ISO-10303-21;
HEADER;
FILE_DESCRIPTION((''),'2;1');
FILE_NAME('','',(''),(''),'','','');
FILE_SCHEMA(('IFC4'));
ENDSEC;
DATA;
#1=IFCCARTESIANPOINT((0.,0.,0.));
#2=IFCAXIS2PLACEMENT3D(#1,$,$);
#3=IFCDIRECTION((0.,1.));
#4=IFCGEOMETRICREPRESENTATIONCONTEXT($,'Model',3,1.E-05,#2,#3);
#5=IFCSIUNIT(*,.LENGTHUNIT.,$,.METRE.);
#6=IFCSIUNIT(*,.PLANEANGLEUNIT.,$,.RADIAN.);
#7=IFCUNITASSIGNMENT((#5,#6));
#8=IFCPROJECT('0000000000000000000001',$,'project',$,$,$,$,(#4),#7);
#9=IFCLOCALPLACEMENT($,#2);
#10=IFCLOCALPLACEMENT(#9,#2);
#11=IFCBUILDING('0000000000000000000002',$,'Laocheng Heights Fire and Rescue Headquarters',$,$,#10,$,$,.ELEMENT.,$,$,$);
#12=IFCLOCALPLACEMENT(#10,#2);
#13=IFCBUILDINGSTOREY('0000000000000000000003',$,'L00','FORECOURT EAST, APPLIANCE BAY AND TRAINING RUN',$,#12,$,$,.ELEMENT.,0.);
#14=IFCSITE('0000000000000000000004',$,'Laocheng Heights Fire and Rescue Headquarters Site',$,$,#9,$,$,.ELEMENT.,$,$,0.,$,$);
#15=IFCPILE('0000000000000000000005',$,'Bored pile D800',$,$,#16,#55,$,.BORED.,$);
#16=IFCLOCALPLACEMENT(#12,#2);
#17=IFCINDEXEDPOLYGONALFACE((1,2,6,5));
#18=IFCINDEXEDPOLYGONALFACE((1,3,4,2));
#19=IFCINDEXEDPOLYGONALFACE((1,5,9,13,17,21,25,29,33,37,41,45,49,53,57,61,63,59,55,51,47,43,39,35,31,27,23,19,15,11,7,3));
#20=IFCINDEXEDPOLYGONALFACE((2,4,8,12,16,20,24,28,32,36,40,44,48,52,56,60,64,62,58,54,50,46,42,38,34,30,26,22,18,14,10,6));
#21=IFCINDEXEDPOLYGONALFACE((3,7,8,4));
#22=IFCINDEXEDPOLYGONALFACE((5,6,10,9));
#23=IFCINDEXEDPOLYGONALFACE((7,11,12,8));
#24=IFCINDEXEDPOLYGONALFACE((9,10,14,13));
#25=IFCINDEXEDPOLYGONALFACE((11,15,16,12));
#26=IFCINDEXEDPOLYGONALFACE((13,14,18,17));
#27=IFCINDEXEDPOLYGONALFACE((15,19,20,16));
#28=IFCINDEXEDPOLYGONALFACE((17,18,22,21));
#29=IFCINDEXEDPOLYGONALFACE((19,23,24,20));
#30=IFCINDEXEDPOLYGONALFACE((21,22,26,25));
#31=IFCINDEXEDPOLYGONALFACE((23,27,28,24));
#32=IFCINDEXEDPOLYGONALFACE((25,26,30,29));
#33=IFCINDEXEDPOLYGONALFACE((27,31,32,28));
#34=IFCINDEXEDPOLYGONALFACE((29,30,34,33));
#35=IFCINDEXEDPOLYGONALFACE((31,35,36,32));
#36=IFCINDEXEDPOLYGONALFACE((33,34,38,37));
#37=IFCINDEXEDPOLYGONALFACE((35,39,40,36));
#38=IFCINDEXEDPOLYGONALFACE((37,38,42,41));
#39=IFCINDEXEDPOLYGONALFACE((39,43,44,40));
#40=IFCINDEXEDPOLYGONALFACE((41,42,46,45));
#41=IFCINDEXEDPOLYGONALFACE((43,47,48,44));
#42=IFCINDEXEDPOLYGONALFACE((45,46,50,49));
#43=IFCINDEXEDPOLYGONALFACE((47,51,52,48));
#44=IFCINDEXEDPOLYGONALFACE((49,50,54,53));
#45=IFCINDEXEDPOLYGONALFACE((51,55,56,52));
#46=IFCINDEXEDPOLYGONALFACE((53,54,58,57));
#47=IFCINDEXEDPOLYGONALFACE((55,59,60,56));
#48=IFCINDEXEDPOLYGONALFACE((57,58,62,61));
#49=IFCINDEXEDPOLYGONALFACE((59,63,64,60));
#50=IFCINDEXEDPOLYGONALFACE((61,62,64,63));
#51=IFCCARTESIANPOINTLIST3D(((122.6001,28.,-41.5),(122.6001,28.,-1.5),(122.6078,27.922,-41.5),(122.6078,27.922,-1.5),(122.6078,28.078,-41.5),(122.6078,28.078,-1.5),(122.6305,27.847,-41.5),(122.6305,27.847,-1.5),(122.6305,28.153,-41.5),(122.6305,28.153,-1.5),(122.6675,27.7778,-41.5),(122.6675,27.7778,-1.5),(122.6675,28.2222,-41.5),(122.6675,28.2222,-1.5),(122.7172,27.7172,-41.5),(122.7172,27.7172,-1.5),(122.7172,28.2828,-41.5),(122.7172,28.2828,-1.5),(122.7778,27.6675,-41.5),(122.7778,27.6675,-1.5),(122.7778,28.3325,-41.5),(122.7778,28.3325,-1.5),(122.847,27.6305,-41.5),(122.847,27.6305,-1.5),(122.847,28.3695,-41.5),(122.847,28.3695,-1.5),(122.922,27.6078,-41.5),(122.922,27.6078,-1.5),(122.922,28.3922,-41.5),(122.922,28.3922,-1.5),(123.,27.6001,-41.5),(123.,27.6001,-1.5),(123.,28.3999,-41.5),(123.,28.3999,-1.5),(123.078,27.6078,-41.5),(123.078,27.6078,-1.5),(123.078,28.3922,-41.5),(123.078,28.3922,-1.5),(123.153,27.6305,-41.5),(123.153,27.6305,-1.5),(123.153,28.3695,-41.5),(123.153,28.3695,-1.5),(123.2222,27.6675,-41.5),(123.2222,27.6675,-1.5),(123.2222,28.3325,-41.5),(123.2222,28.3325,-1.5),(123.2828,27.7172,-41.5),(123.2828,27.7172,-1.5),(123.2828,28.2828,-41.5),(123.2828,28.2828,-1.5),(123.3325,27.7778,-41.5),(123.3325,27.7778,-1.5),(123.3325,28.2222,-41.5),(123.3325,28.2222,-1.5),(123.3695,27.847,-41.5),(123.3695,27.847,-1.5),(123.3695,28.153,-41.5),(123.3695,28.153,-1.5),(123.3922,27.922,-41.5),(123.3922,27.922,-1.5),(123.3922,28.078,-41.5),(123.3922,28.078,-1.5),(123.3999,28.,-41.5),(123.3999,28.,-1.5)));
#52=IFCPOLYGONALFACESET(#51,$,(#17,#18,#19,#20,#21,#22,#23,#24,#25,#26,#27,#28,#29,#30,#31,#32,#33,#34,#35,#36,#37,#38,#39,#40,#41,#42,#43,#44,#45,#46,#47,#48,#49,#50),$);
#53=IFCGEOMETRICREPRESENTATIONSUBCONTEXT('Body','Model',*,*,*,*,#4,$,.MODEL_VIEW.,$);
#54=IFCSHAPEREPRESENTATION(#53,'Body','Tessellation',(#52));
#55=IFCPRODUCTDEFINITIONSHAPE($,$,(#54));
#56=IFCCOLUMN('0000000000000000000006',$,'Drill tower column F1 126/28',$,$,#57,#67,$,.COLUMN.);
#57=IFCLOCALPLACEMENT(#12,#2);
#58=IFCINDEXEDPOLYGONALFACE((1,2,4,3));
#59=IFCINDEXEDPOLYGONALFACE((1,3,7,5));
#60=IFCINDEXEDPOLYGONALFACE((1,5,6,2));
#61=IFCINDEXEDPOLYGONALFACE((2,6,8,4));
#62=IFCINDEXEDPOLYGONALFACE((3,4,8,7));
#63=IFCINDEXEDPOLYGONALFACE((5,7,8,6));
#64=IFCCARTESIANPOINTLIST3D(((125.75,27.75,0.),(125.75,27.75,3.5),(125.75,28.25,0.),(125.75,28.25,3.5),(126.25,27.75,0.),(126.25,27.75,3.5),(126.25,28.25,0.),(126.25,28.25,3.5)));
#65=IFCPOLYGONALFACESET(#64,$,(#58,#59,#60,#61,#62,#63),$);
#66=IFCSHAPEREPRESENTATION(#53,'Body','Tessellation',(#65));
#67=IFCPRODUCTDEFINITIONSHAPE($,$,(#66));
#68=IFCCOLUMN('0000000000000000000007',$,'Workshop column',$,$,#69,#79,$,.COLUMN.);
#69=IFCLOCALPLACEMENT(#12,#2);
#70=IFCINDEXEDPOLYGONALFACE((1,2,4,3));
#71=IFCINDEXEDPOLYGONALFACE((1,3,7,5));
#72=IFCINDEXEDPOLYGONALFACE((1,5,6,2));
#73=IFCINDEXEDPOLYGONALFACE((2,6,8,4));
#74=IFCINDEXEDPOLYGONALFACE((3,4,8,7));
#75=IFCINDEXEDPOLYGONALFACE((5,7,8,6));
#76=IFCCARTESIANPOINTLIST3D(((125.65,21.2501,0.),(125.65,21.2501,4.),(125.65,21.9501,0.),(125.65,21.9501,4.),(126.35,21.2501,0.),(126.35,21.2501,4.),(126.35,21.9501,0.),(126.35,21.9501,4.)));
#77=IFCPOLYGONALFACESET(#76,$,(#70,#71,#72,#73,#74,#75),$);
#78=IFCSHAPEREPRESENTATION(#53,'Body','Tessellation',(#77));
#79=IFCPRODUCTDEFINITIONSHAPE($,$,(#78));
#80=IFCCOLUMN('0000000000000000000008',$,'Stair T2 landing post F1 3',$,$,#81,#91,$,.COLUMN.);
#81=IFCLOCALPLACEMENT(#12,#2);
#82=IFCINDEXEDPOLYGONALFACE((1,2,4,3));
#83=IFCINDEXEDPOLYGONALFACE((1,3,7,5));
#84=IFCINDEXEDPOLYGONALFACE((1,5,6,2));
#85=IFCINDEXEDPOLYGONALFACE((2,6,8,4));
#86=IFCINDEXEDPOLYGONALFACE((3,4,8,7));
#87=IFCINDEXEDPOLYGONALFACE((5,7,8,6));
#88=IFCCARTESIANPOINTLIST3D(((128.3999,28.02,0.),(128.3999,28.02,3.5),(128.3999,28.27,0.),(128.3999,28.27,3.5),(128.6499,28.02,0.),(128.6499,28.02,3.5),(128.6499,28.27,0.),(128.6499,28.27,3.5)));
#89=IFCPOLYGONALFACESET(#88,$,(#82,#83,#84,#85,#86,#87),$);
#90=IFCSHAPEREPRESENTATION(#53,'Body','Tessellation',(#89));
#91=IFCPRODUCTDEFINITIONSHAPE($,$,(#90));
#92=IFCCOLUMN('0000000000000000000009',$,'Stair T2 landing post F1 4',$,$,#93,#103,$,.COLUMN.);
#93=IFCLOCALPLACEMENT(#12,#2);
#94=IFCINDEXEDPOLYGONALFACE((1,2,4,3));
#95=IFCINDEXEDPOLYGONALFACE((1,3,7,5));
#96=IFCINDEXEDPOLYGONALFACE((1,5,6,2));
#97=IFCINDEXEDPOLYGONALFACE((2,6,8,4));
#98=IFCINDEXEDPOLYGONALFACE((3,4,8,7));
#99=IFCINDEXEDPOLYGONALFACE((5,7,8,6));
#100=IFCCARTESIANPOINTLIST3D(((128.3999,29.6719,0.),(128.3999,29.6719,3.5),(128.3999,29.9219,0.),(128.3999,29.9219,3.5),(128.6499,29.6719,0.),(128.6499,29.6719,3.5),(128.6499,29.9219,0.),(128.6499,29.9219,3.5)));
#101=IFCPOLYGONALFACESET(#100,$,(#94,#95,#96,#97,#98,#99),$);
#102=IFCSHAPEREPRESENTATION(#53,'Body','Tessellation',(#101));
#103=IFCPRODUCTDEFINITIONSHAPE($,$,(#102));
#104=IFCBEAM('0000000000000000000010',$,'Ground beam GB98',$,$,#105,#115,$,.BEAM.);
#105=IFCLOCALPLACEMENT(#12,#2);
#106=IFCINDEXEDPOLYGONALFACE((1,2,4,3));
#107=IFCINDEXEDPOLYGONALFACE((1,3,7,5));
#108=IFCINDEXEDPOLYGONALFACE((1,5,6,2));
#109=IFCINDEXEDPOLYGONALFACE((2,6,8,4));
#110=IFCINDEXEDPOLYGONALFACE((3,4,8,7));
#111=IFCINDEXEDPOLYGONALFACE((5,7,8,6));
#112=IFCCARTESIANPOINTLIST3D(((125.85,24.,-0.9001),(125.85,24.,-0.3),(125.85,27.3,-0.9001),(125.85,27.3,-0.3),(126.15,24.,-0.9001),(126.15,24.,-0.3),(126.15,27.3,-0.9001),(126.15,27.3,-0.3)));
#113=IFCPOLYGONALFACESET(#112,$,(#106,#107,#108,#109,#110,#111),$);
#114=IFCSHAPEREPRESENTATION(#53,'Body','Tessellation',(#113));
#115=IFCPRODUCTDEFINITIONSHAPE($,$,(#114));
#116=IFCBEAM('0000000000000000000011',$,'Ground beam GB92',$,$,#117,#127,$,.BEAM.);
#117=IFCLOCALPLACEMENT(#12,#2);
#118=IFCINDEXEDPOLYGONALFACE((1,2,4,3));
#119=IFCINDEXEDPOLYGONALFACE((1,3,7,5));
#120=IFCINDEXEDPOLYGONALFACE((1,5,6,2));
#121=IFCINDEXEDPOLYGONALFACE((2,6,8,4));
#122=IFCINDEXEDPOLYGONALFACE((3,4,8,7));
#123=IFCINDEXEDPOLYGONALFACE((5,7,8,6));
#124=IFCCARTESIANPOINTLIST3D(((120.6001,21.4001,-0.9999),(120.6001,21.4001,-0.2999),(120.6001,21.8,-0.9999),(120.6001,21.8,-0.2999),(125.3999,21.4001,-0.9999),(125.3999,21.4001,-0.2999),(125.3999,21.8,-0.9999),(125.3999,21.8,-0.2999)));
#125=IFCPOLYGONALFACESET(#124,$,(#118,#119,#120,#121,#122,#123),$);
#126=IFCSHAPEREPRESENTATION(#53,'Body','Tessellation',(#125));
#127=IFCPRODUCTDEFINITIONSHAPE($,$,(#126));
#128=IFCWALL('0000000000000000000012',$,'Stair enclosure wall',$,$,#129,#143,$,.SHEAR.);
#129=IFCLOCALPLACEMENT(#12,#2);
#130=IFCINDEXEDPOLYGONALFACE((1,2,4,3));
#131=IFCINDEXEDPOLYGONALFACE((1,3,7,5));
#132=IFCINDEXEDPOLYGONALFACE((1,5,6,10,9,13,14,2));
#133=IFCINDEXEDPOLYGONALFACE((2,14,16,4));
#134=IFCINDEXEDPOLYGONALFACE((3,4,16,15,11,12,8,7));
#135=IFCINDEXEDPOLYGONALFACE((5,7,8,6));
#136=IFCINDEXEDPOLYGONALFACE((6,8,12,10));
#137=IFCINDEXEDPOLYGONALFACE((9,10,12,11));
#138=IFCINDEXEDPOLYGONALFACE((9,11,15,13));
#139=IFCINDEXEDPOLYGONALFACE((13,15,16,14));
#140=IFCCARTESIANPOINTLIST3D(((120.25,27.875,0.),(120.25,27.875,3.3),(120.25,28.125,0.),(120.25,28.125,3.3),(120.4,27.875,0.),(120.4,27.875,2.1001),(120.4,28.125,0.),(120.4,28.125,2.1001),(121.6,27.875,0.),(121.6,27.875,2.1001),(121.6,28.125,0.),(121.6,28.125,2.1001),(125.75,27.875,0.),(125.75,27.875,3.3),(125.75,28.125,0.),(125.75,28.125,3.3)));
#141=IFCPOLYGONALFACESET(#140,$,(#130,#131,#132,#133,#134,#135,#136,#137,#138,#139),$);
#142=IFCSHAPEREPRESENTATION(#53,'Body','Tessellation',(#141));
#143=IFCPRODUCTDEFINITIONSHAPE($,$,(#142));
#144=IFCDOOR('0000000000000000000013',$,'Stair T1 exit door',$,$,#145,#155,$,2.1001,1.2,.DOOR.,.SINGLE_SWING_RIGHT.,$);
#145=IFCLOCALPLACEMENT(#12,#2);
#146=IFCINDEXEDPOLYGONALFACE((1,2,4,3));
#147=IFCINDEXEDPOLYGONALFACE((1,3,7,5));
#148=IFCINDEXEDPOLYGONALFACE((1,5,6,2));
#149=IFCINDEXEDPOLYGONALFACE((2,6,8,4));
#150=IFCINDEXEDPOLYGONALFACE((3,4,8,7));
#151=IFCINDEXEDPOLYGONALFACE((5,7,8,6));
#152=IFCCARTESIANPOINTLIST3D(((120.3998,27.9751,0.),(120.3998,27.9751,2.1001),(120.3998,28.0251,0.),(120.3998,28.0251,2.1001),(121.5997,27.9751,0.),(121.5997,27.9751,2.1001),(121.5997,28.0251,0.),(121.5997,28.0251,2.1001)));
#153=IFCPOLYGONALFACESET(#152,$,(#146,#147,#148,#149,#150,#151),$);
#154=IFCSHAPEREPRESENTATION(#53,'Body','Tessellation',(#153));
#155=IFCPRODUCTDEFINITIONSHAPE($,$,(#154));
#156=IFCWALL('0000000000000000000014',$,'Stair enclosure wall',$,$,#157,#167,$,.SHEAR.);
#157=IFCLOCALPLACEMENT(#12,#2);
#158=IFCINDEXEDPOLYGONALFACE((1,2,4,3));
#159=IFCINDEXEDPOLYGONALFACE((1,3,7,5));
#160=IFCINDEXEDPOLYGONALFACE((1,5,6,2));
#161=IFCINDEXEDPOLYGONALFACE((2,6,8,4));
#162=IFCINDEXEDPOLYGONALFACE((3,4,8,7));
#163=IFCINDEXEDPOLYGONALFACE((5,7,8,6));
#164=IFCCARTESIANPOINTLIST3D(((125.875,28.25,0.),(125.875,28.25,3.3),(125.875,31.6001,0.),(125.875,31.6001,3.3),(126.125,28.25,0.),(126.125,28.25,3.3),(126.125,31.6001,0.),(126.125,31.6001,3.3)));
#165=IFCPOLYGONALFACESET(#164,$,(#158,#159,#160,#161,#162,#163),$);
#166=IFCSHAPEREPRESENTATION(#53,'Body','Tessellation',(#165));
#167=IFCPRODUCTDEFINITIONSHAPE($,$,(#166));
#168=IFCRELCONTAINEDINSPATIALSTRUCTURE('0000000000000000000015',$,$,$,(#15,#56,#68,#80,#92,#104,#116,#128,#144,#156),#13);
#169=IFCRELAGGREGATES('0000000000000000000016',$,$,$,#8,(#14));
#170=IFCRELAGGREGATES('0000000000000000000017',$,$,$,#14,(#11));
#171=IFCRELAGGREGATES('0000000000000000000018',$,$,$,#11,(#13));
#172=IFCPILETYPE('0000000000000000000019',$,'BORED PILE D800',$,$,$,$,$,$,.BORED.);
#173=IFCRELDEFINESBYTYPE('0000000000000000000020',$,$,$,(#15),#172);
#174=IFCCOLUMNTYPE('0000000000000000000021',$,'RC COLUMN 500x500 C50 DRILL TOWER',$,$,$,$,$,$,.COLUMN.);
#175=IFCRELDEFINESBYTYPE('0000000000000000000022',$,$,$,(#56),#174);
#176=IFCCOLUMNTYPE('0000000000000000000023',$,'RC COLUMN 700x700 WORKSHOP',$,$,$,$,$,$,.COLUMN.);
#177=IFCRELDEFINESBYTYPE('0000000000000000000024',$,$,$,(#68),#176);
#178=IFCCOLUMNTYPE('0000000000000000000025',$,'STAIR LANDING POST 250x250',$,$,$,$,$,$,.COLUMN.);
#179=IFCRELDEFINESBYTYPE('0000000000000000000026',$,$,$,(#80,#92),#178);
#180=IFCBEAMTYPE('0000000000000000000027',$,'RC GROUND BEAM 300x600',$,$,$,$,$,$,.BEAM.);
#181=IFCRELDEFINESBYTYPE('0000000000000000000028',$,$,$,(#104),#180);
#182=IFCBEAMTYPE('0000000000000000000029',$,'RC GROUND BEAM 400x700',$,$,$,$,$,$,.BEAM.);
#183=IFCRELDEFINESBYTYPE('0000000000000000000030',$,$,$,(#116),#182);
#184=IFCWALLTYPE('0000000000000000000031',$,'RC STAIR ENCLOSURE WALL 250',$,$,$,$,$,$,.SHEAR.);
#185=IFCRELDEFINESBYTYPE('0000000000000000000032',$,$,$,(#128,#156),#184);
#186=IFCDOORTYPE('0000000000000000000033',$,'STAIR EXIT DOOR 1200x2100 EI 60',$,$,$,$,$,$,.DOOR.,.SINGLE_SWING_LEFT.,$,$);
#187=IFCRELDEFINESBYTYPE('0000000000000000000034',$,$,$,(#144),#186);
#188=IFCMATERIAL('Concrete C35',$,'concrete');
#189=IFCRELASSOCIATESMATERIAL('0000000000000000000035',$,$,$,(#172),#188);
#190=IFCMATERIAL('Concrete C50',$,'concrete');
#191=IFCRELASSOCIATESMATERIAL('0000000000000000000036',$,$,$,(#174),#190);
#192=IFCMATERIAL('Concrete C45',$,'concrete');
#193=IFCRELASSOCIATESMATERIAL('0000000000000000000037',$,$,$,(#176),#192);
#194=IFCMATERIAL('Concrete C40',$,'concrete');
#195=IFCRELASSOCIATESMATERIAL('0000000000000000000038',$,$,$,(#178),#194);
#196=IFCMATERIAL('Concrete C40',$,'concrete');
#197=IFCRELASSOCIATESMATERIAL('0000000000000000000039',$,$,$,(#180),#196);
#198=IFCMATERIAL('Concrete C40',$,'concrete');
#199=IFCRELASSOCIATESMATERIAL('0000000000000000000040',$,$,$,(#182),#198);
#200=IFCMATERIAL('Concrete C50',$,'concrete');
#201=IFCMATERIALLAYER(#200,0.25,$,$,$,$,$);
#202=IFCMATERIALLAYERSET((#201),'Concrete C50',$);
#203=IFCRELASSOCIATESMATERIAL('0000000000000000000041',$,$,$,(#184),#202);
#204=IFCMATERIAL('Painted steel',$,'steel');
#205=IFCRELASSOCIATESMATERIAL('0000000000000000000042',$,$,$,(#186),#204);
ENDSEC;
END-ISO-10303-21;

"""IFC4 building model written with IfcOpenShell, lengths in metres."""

from ifc_helpers import new_model, si_unit, direction, frame, frame_2d, origin, origin_2d, place, context, subcontext, project, spatial, rectangle, circle, extrude, material, layer, layer_set, material_profile, profile_set, type_object, element, fill, save


model = new_model("IFC4")

# Units and contexts
model_context = context("Model", 3, precision=1e-05, world=origin(), true_north=direction((0.0, 1.0)))
body_context = subcontext(model_context, "Body", "Model", "MODEL_VIEW")
ifc_project = project(units=[si_unit("LENGTHUNIT", "METRE"), si_unit("PLANEANGLEUNIT", "RADIAN")], contexts=[model_context])

# Site, building, storey
site_placement = place(None, origin())
site = spatial("IfcSite", under=ifc_project, at=site_placement, Name="Laocheng Heights Fire and Rescue Headquarters Site", CompositionType="ELEMENT", RefElevation=0.0)
building_placement = place(site_placement, origin())
building = spatial("IfcBuilding", under=site, at=building_placement, Name="Laocheng Heights Fire and Rescue Headquarters", CompositionType="ELEMENT")
storey_placement = place(building_placement, origin())
storey = spatial("IfcBuildingStorey", under=building, at=storey_placement, Name="L00", Description="FORECOURT EAST, APPLIANCE BAY AND TRAINING RUN", CompositionType="ELEMENT", Elevation=0.0)

# Pile
ifc_material_1 = material(Name="Concrete C35", Category="concrete")
ifc_material_profile_1 = material_profile(ifc_material_1, circle(Radius=0.3999, at=origin_2d()), Name="BORED PILE D800")
ifc_profile_set_1 = profile_set([ifc_material_profile_1], Name="Concrete C35")
pile_type_1 = type_object("IfcPileType", Name="BORED PILE D800", PredefinedType="BORED", material=ifc_profile_set_1)
pile_placement = place(storey_placement, frame((123.0, 28.0, -1.5), z_axis=(0.0, 0.0, -1.0), x_axis=(1.0, 0.0, 0.0)))
element("IfcPile", 1, at=pile_placement, inside=storey, type_object=pile_type_1, Name="Bored pile D800", PredefinedType="BORED", context=body_context, shape_type="SweptSolid", body=[
    extrude(circle(Radius=0.3999, at=origin_2d()), origin(), (0.0, 0.0, 1.0), 40.0),
])

# Columns
ifc_material_2 = material(Name="Concrete C50", Category="concrete")
ifc_material_profile_2 = material_profile(ifc_material_2, rectangle(XDim=0.5, YDim=0.5, at=origin_2d()), Name="RC COLUMN 500x500 C50 DRILL TOWER")
ifc_profile_set_2 = profile_set([ifc_material_profile_2], Name="Concrete C50")
column_type_1 = type_object("IfcColumnType", Name="RC COLUMN 500x500 C50 DRILL TOWER", PredefinedType="COLUMN", material=ifc_profile_set_2)
column_1_placement = place(storey_placement, frame((126.0, 28.0, 0.0), z_axis=(0.0, 0.0, 1.0), x_axis=(1.0, 0.0, 0.0)))
element("IfcColumn", 2, at=column_1_placement, inside=storey, type_object=column_type_1, Name="Drill tower column F1 126/28", PredefinedType="COLUMN", context=body_context, shape_type="SweptSolid", body=[
    extrude(rectangle(XDim=0.5, YDim=0.5, at=origin_2d()), origin(), (0.0, 0.0, 1.0), 3.5),
])
ifc_material_3 = material(Name="Concrete C45", Category="concrete")
ifc_material_profile_3 = material_profile(ifc_material_3, rectangle(XDim=0.7, YDim=0.7, at=origin_2d()), Name="RC COLUMN 700x700 WORKSHOP")
ifc_profile_set_3 = profile_set([ifc_material_profile_3], Name="Concrete C45")
column_type_2 = type_object("IfcColumnType", Name="RC COLUMN 700x700 WORKSHOP", PredefinedType="COLUMN", material=ifc_profile_set_3)
column_2_placement = place(storey_placement, frame((126.0, 21.6001, 0.0), z_axis=(0.0, 0.0, 1.0), x_axis=(1.0, 0.0, 0.0)))
element("IfcColumn", 3, at=column_2_placement, inside=storey, type_object=column_type_2, Name="Workshop column", PredefinedType="COLUMN", context=body_context, shape_type="SweptSolid", body=[
    extrude(rectangle(XDim=0.7, YDim=0.7, at=origin_2d()), origin(), (0.0, 0.0, 1.0), 4.0),
])
ifc_material_4 = material(Name="Concrete C40", Category="concrete")
ifc_material_profile_4 = material_profile(ifc_material_4, rectangle(XDim=0.25, YDim=0.25, at=origin_2d()), Name="STAIR LANDING POST 250x250")
ifc_profile_set_4 = profile_set([ifc_material_profile_4], Name="Concrete C40")
column_type_3 = type_object("IfcColumnType", Name="STAIR LANDING POST 250x250", PredefinedType="COLUMN", material=ifc_profile_set_4)
for number, where, z_axis, x_axis, name in (
    (4, (128.5249, 28.145, 0.0), (0.0, 0.0, 1.0), (1.0, 0.0, 0.0), "Stair T2 landing post F1 3"),
    (5, (128.5249, 29.7969, 0.0), (0.0, 0.0, 1.0), (1.0, 0.0, 0.0), "Stair T2 landing post F1 4"),
):
    element("IfcColumn", number, at=place(storey_placement, frame(where, z_axis=z_axis, x_axis=x_axis)), inside=storey, type_object=column_type_3, Name=name, PredefinedType="COLUMN", context=body_context, shape_type="SweptSolid", body=[
        extrude(rectangle(XDim=0.25, YDim=0.25, at=origin_2d()), origin(), (0.0, 0.0, 1.0), 3.5),
    ])

# Beams
ifc_material_5 = material(Name="Concrete C40", Category="concrete")
ifc_material_profile_5 = material_profile(ifc_material_5, rectangle(XDim=0.3, YDim=0.6001, at=origin_2d()), Name="RC GROUND BEAM 300x600")
ifc_profile_set_5 = profile_set([ifc_material_profile_5], Name="Concrete C40")
beam_type_1 = type_object("IfcBeamType", Name="RC GROUND BEAM 300x600", PredefinedType="BEAM", material=ifc_profile_set_5)
beam_1_placement = place(storey_placement, frame((126.0, 24.0, -0.6001), z_axis=(0.0, 1.0, 0.0), x_axis=(-1.0, 0.0, 0.0)))
element("IfcBeam", 6, at=beam_1_placement, inside=storey, type_object=beam_type_1, Name="Ground beam GB98", PredefinedType="BEAM", context=body_context, shape_type="SweptSolid", body=[
    extrude(rectangle(XDim=0.3, YDim=0.6001, at=origin_2d()), origin(), (0.0, 0.0, 1.0), 3.3),
])
ifc_material_6 = material(Name="Concrete C40", Category="concrete")
ifc_material_profile_6 = material_profile(ifc_material_6, rectangle(XDim=0.3999, YDim=0.7, at=origin_2d()), Name="RC GROUND BEAM 400x700")
ifc_profile_set_6 = profile_set([ifc_material_profile_6], Name="Concrete C40")
beam_type_2 = type_object("IfcBeamType", Name="RC GROUND BEAM 400x700", PredefinedType="BEAM", material=ifc_profile_set_6)
beam_2_placement = place(storey_placement, frame((120.6001, 21.6001, -0.6499), z_axis=(1.0, 0.0, 0.0), x_axis=(0.0, 1.0, 0.0)))
element("IfcBeam", 7, at=beam_2_placement, inside=storey, type_object=beam_type_2, Name="Ground beam GB92", PredefinedType="BEAM", context=body_context, shape_type="SweptSolid", body=[
    extrude(rectangle(XDim=0.3999, YDim=0.7, at=origin_2d()), origin(), (0.0, 0.0, 1.0), 4.7998),
])

# Wall, opening, door
ifc_material_7 = material(Name="Concrete C50", Category="concrete")
ifc_layer = layer(ifc_material_7, 0.25)
ifc_layer_set = layer_set([ifc_layer], Name="Concrete C50")
wall_type = type_object("IfcWallType", Name="RC STAIR ENCLOSURE WALL 250", PredefinedType="SHEAR", material=ifc_layer_set)
wall_1_placement = place(storey_placement, frame((120.25, 28.0, 0.0), z_axis=(0.0, 0.0, 1.0), x_axis=(1.0, 0.0, 0.0)))
wall_1 = element("IfcWall", 8, at=wall_1_placement, inside=storey, type_object=wall_type, Name="Stair enclosure wall", PredefinedType="SHEAR", context=body_context, shape_type="SweptSolid", body=[
    extrude(rectangle(XDim=5.5, YDim=0.25, at=frame_2d((2.75, 0.0))), origin(), (0.0, 0.0, 1.0), 3.3),
])
opening_placement = place(wall_1_placement, frame((0.1499, 0.0, 0.0)))
opening = element("IfcOpeningElement", 9, at=opening_placement, cuts=wall_1, PredefinedType="OPENING", context=body_context, shape_type="SweptSolid", body=[
    extrude(rectangle(XDim=1.2, YDim=2.1001, at=frame_2d((0.6001, 1.05))), frame((0.0, 0.135, 0.0), z_axis=(0.0, -1.0, 0.0), x_axis=(1.0, 0.0, 0.0)), (0.0, 0.0, 1.0), 0.27),
])
ifc_material_8 = material(Name="Painted steel", Category="steel")
door_type = type_object("IfcDoorType", Name="STAIR EXIT DOOR 1200x2100 EI 60", OperationType="SINGLE_SWING_LEFT", PredefinedType="DOOR", material=ifc_material_8)
door_placement = place(opening_placement, frame((1.2, 0.0, 0.0), z_axis=(0.0, 0.0, 1.0), x_axis=(-1.0, 0.0, 0.0)))
door = element("IfcDoor", 10, at=door_placement, inside=storey, type_object=door_type, Name="Stair T1 exit door", OperationType="SINGLE_SWING_RIGHT", OverallHeight=2.1001, OverallWidth=1.2, PredefinedType="DOOR", context=body_context, shape_type="SweptSolid", body=[
    extrude(rectangle(XDim=1.2, YDim=2.1001, at=frame_2d((0.6001, 1.05))), frame((0.0, 0.0249, 0.0), z_axis=(0.0, -1.0, 0.0), x_axis=(1.0, 0.0, 0.0)), (0.0, 0.0, 1.0), 0.05),
])
fill(opening, door)

# Wall
wall_2_placement = place(storey_placement, frame((126.0, 28.25, 0.0), z_axis=(0.0, 0.0, 1.0), x_axis=(0.0, 1.0, 0.0)))
element("IfcWall", 11, at=wall_2_placement, inside=storey, type_object=wall_type, Name="Stair enclosure wall", PredefinedType="SHEAR", context=body_context, shape_type="SweptSolid", body=[
    extrude(rectangle(XDim=3.3501, YDim=0.25, at=frame_2d((1.675, 0.0))), origin(), (0.0, 0.0, 1.0), 3.3),
])

save(model, "model.ifc")
